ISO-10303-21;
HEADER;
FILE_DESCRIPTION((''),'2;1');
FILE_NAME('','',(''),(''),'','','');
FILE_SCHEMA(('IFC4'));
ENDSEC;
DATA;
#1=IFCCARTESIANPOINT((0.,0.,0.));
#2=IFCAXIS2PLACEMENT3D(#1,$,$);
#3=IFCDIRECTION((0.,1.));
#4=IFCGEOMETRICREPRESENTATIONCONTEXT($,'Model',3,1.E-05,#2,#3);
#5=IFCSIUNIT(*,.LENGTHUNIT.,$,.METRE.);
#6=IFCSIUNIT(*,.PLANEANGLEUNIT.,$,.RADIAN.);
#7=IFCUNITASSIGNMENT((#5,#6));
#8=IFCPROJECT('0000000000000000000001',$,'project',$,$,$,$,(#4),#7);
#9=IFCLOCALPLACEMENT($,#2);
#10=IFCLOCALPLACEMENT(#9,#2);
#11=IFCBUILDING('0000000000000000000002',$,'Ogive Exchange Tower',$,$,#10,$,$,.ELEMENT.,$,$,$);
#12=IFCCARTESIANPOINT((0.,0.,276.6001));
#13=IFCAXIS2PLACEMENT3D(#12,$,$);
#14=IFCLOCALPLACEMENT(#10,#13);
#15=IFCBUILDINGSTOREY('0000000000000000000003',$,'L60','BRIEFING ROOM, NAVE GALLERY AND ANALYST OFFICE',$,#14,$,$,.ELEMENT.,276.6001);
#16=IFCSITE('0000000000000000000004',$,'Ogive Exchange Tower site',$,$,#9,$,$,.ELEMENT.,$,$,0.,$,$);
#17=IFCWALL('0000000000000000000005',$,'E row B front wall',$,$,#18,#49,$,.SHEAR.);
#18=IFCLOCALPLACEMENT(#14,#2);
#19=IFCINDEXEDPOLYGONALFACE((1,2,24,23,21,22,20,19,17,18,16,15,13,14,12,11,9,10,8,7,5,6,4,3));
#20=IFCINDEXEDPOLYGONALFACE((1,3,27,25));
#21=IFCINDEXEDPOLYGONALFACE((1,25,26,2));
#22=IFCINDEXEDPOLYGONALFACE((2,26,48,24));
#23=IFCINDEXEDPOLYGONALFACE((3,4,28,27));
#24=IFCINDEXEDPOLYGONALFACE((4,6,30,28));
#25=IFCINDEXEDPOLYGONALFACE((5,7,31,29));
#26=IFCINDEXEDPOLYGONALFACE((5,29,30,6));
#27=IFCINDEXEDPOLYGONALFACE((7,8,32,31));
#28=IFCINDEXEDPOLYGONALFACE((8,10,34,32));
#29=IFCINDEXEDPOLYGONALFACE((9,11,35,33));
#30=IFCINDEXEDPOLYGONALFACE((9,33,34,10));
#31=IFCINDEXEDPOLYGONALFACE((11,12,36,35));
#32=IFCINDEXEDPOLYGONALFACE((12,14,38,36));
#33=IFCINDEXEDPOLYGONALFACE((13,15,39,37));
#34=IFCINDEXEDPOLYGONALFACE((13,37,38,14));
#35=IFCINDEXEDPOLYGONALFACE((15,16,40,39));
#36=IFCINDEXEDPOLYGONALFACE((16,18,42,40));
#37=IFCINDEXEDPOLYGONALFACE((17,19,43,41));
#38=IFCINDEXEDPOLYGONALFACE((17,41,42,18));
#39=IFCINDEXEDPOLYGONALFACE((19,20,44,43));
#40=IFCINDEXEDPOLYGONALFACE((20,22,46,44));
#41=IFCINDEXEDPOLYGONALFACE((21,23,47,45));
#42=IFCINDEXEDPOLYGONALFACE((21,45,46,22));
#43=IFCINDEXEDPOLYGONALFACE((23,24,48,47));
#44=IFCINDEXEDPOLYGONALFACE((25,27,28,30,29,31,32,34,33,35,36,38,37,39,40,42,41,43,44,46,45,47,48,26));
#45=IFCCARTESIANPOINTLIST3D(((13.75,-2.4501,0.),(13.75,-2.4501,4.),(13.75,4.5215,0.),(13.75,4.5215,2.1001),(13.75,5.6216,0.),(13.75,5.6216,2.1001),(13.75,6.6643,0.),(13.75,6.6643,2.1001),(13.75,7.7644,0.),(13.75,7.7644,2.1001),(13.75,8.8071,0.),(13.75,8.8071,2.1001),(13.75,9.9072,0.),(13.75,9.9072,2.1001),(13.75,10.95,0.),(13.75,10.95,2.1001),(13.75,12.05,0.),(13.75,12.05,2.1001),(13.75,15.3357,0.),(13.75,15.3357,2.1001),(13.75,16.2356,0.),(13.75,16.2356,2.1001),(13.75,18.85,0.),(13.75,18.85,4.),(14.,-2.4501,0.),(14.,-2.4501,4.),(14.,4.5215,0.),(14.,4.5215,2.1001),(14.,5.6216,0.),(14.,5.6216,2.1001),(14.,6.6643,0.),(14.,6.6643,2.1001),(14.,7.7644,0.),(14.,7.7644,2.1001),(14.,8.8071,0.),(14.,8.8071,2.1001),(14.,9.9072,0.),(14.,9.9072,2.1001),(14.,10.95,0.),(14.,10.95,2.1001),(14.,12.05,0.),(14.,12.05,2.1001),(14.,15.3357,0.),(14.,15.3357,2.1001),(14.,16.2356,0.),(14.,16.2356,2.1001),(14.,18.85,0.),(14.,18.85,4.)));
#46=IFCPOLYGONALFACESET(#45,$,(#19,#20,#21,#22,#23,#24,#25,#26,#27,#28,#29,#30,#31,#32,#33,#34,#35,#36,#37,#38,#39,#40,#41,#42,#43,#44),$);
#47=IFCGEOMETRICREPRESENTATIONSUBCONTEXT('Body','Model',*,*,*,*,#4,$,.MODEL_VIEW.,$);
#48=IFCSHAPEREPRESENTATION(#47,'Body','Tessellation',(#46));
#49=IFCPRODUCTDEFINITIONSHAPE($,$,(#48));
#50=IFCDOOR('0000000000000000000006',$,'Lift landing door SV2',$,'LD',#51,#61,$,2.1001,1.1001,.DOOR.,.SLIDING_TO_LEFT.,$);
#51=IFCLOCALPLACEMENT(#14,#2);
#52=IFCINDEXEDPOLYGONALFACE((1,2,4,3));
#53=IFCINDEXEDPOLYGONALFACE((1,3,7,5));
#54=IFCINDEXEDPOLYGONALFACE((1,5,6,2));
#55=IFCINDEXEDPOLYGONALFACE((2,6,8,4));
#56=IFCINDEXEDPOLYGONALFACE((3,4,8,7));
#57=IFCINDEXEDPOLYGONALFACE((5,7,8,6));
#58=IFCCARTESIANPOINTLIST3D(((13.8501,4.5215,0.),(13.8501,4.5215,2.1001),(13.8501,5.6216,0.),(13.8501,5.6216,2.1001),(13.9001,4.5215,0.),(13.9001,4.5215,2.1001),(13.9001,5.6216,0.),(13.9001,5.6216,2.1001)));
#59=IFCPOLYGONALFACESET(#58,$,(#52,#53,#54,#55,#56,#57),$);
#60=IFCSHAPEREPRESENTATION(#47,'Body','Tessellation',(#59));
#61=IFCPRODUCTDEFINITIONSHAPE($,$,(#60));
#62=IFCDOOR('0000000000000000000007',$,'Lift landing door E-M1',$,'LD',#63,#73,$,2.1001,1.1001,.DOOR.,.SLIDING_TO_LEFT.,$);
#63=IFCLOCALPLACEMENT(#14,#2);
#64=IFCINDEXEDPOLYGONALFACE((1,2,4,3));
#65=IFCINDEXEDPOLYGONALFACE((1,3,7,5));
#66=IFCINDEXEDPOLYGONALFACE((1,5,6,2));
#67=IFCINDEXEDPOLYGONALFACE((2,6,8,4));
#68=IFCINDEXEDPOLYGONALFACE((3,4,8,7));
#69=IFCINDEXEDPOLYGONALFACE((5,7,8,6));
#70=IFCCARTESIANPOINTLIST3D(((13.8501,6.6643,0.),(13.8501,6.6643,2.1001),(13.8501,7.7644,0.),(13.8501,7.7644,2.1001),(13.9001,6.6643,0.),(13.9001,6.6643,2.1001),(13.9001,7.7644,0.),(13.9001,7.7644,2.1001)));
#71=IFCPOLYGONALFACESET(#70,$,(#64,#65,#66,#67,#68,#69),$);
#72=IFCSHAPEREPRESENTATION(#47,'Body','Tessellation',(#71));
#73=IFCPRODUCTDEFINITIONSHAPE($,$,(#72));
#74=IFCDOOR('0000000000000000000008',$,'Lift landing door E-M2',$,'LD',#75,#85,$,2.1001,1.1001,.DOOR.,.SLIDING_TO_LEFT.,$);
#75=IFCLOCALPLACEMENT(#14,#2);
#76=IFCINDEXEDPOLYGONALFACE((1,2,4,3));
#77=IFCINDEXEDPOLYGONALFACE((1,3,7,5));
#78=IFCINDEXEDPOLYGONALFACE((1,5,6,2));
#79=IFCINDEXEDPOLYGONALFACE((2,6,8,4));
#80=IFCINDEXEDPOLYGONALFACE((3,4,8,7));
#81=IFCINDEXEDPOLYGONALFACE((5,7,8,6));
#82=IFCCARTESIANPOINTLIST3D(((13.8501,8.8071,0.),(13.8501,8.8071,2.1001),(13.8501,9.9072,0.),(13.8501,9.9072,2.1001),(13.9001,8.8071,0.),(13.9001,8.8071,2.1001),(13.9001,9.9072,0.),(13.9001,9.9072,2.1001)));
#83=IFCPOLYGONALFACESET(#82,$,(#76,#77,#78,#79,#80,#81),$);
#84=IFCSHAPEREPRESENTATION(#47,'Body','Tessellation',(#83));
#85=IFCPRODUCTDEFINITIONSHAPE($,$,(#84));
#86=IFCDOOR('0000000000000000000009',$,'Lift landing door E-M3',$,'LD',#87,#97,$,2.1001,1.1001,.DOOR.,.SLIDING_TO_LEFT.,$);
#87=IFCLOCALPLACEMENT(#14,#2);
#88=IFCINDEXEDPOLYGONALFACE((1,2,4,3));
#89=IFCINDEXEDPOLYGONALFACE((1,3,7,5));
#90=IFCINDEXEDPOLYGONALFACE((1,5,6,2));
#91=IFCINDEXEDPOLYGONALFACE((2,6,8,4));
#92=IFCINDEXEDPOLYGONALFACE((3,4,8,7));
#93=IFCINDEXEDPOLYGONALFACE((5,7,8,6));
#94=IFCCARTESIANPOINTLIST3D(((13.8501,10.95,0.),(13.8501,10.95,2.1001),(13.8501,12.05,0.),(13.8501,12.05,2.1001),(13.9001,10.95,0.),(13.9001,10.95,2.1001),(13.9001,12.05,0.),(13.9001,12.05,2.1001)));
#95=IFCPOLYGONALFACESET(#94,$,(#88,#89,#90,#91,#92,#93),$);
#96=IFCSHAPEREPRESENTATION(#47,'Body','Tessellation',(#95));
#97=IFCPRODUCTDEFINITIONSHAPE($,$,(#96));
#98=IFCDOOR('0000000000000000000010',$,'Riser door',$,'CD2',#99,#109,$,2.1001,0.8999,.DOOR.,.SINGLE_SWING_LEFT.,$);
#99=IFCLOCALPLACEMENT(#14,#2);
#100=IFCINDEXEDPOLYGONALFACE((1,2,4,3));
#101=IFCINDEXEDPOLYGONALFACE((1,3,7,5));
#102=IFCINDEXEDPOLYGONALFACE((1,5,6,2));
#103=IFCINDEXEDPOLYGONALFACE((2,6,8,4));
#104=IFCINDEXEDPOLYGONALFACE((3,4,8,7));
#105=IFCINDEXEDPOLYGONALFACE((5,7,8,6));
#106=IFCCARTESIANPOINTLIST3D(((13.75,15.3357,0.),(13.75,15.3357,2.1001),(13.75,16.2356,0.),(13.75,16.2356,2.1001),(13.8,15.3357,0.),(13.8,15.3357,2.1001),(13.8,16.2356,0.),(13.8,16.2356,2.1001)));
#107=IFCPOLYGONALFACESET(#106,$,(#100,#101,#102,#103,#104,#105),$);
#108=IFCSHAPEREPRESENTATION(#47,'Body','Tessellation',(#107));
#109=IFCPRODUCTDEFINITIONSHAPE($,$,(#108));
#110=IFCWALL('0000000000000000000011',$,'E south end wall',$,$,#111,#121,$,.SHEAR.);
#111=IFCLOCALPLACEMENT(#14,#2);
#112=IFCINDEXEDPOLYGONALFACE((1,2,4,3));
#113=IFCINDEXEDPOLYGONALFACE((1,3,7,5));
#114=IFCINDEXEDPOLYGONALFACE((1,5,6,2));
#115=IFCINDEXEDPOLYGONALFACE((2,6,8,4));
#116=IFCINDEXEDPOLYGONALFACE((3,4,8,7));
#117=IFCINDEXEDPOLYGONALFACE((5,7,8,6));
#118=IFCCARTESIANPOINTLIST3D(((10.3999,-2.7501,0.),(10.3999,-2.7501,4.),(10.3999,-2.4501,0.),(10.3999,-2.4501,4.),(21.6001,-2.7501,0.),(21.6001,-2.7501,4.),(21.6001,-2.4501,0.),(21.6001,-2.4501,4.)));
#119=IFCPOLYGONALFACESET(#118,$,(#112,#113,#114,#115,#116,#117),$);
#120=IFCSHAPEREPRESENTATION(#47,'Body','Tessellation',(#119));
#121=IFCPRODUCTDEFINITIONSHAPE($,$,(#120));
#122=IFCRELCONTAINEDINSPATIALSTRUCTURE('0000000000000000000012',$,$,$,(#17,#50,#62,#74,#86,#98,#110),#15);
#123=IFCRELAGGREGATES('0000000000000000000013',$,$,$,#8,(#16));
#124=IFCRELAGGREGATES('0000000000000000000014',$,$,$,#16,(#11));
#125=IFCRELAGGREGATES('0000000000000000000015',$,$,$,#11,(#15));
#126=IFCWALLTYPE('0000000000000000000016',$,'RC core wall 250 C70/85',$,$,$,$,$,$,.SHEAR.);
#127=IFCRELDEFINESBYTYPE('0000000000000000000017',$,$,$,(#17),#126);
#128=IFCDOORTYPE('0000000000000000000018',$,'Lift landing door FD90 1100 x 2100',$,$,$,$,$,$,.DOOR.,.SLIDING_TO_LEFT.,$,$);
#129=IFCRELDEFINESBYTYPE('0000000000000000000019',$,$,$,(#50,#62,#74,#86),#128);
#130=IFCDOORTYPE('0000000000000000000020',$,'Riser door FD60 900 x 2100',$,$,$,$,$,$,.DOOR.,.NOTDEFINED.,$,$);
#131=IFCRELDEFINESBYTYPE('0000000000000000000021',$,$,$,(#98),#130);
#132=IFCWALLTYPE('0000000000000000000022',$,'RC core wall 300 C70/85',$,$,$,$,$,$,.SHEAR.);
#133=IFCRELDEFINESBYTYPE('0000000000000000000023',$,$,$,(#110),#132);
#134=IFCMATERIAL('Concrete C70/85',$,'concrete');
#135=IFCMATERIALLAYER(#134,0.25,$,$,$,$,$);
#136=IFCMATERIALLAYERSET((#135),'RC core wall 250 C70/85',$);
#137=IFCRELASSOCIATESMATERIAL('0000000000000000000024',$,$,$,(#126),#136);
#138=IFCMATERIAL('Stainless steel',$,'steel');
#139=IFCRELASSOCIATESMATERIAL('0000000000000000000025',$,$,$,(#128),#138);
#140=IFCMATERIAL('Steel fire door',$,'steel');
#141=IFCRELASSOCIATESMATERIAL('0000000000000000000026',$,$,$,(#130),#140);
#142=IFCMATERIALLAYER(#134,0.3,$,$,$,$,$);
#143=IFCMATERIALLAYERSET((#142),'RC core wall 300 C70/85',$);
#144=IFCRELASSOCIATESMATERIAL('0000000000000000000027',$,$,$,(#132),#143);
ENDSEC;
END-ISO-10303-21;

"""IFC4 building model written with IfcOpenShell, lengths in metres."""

from ifc_helpers import new_model, si_unit, direction, frame, frame_2d, origin, place, context, subcontext, project, spatial, rectangle, extrude, material, layer, layer_set, type_object, element, fill, save


model = new_model("IFC4")

# Units and contexts
model_context = context("Model", 3, precision=1e-05, world=origin(), true_north=direction((0.0, 1.0)))
body_context = subcontext(model_context, "Body", "Model", "MODEL_VIEW")
ifc_project = project(units=[si_unit("LENGTHUNIT", "METRE"), si_unit("PLANEANGLEUNIT", "RADIAN")], contexts=[model_context])

# Site, building, storey
site_placement = place(None, origin())
site = spatial("IfcSite", under=ifc_project, at=site_placement, Name="Ogive Exchange Tower site", CompositionType="ELEMENT", RefElevation=0.0)
building_placement = place(site_placement, origin())
building = spatial("IfcBuilding", under=site, at=building_placement, Name="Ogive Exchange Tower", CompositionType="ELEMENT")
storey_placement = place(building_placement, frame((0.0, 0.0, 276.6001)))
storey = spatial("IfcBuildingStorey", under=building, at=storey_placement, Name="L60", Description="BRIEFING ROOM, NAVE GALLERY AND ANALYST OFFICE", CompositionType="ELEMENT", Elevation=276.6001)

# Wall, openings, doors
ifc_material_1 = material(Name="Concrete C70/85", Category="concrete")
ifc_layer_1 = layer(ifc_material_1, 0.25)
ifc_layer_set_1 = layer_set([ifc_layer_1], Name="RC core wall 250 C70/85")
wall_type_1 = type_object("IfcWallType", Name="RC core wall 250 C70/85", PredefinedType="SHEAR", material=ifc_layer_set_1)
wall_1_placement = place(storey_placement, frame((13.875, -2.45, 0.0), z_axis=(0.0, 0.0, 1.0), x_axis=(0.0, 1.0, 0.0)))
wall_1 = element("IfcWall", 1, at=wall_1_placement, inside=storey, type_object=wall_type_1, Name="E row B front wall", PredefinedType="SHEAR", context=body_context, shape_type="SweptSolid", body=[
    extrude(rectangle(XDim=21.3, YDim=0.25, at=frame_2d((10.6499, 0.0))), origin(), (0.0, 0.0, 1.0), 4.0),
])
opening_1_placement = place(wall_1_placement, frame((17.7856, 0.0, 0.0)))
opening_1 = element("IfcOpeningElement", 2, at=opening_1_placement, cuts=wall_1, PredefinedType="OPENING", context=body_context, shape_type="SweptSolid", body=[
    extrude(rectangle(XDim=0.8999, YDim=2.1001, at=frame_2d((0.45, 1.05))), frame((0.0, 0.135, 0.0), z_axis=(0.0, -1.0, 0.0), x_axis=(1.0, 0.0, 0.0)), (0.0, 0.0, 1.0), 0.27),
])
opening_2_placement = place(wall_1_placement, frame((6.9714, 0.0, 0.0)))
opening_2 = element("IfcOpeningElement", 3, at=opening_2_placement, cuts=wall_1, PredefinedType="OPENING", context=body_context, shape_type="SweptSolid", body=[
    extrude(rectangle(XDim=1.1001, YDim=2.1001, at=frame_2d((0.55, 1.05))), frame((0.0, 0.135, 0.0), z_axis=(0.0, -1.0, 0.0), x_axis=(1.0, 0.0, 0.0)), (0.0, 0.0, 1.0), 0.27),
])
opening_3_placement = place(wall_1_placement, frame((9.1143, 0.0, 0.0)))
opening_3 = element("IfcOpeningElement", 4, at=opening_3_placement, cuts=wall_1, PredefinedType="OPENING", context=body_context, shape_type="SweptSolid", body=[
    extrude(rectangle(XDim=1.1001, YDim=2.1001, at=frame_2d((0.55, 1.05))), frame((0.0, 0.135, 0.0), z_axis=(0.0, -1.0, 0.0), x_axis=(1.0, 0.0, 0.0)), (0.0, 0.0, 1.0), 0.27),
])
opening_4_placement = place(wall_1_placement, frame((11.2571, 0.0, 0.0)))
opening_4 = element("IfcOpeningElement", 5, at=opening_4_placement, cuts=wall_1, PredefinedType="OPENING", context=body_context, shape_type="SweptSolid", body=[
    extrude(rectangle(XDim=1.1001, YDim=2.1001, at=frame_2d((0.55, 1.05))), frame((0.0, 0.135, 0.0), z_axis=(0.0, -1.0, 0.0), x_axis=(1.0, 0.0, 0.0)), (0.0, 0.0, 1.0), 0.27),
])
opening_5_placement = place(wall_1_placement, frame((13.3999, 0.0, 0.0)))
opening_5 = element("IfcOpeningElement", 6, at=opening_5_placement, cuts=wall_1, PredefinedType="OPENING", context=body_context, shape_type="SweptSolid", body=[
    extrude(rectangle(XDim=1.1001, YDim=2.1001, at=frame_2d((0.55, 1.05))), frame((0.0, 0.135, 0.0), z_axis=(0.0, -1.0, 0.0), x_axis=(1.0, 0.0, 0.0)), (0.0, 0.0, 1.0), 0.27),
])
ifc_material_2 = material(Name="Stainless steel", Category="steel")
door_type_1 = type_object("IfcDoorType", Name="Lift landing door FD90 1100 x 2100", OperationType="SLIDING_TO_LEFT", PredefinedType="DOOR", material=ifc_material_2)
door_1_placement = place(opening_2_placement, origin())
door_1 = element("IfcDoor", 7, at=door_1_placement, inside=storey, type_object=door_type_1, Name="Lift landing door SV2", ObjectType="LD", OperationType="SLIDING_TO_LEFT", OverallHeight=2.1001, OverallWidth=1.1001, PredefinedType="DOOR", context=body_context, shape_type="SweptSolid", body=[
    extrude(rectangle(XDim=1.1001, YDim=2.1001, at=frame_2d((0.55, 1.05))), frame((0.0, 0.0249, 0.0), z_axis=(0.0, -1.0, 0.0), x_axis=(1.0, 0.0, 0.0)), (0.0, 0.0, 1.0), 0.05),
])
fill(opening_2, door_1)
door_2_placement = place(opening_3_placement, origin())
door_2 = element("IfcDoor", 8, at=door_2_placement, inside=storey, type_object=door_type_1, Name="Lift landing door E-M1", ObjectType="LD", OperationType="SLIDING_TO_LEFT", OverallHeight=2.1001, OverallWidth=1.1001, PredefinedType="DOOR", context=body_context, shape_type="SweptSolid", body=[
    extrude(rectangle(XDim=1.1001, YDim=2.1001, at=frame_2d((0.55, 1.05))), frame((0.0, 0.0249, 0.0), z_axis=(0.0, -1.0, 0.0), x_axis=(1.0, 0.0, 0.0)), (0.0, 0.0, 1.0), 0.05),
])
fill(opening_3, door_2)
door_3_placement = place(opening_4_placement, origin())
door_3 = element("IfcDoor", 9, at=door_3_placement, inside=storey, type_object=door_type_1, Name="Lift landing door E-M2", ObjectType="LD", OperationType="SLIDING_TO_LEFT", OverallHeight=2.1001, OverallWidth=1.1001, PredefinedType="DOOR", context=body_context, shape_type="SweptSolid", body=[
    extrude(rectangle(XDim=1.1001, YDim=2.1001, at=frame_2d((0.55, 1.05))), frame((0.0, 0.0249, 0.0), z_axis=(0.0, -1.0, 0.0), x_axis=(1.0, 0.0, 0.0)), (0.0, 0.0, 1.0), 0.05),
])
fill(opening_4, door_3)
door_4_placement = place(opening_5_placement, origin())
door_4 = element("IfcDoor", 10, at=door_4_placement, inside=storey, type_object=door_type_1, Name="Lift landing door E-M3", ObjectType="LD", OperationType="SLIDING_TO_LEFT", OverallHeight=2.1001, OverallWidth=1.1001, PredefinedType="DOOR", context=body_context, shape_type="SweptSolid", body=[
    extrude(rectangle(XDim=1.1001, YDim=2.1001, at=frame_2d((0.55, 1.05))), frame((0.0, 0.0249, 0.0), z_axis=(0.0, -1.0, 0.0), x_axis=(1.0, 0.0, 0.0)), (0.0, 0.0, 1.0), 0.05),
])
fill(opening_5, door_4)
ifc_material_3 = material(Name="Steel fire door", Category="steel")
door_type_2 = type_object("IfcDoorType", Name="Riser door FD60 900 x 2100", OperationType="NOTDEFINED", PredefinedType="DOOR", material=ifc_material_3)
door_5_placement = place(opening_1_placement, origin())
door_5 = element("IfcDoor", 11, at=door_5_placement, inside=storey, type_object=door_type_2, Name="Riser door", ObjectType="CD2", OperationType="SINGLE_SWING_LEFT", OverallHeight=2.1001, OverallWidth=0.8999, PredefinedType="DOOR", context=body_context, shape_type="SweptSolid", body=[
    extrude(rectangle(XDim=0.8999, YDim=2.1001, at=frame_2d((0.45, 1.05))), frame((0.0, 0.125, 0.0), z_axis=(0.0, -1.0, 0.0), x_axis=(1.0, 0.0, 0.0)), (0.0, 0.0, 1.0), 0.05),
])
fill(opening_1, door_5)

# Wall
ifc_layer_2 = layer(ifc_material_1, 0.3)
ifc_layer_set_2 = layer_set([ifc_layer_2], Name="RC core wall 300 C70/85")
wall_type_2 = type_object("IfcWallType", Name="RC core wall 300 C70/85", PredefinedType="SHEAR", material=ifc_layer_set_2)
wall_2_placement = place(storey_placement, frame((10.3999, -2.6001, 0.0), z_axis=(0.0, 0.0, 1.0), x_axis=(1.0, 0.0, 0.0)))
element("IfcWall", 12, at=wall_2_placement, inside=storey, type_object=wall_type_2, Name="E south end wall", PredefinedType="SHEAR", context=body_context, shape_type="SweptSolid", body=[
    extrude(rectangle(XDim=11.2002, YDim=0.3, at=frame_2d((5.6001, 0.0))), origin(), (0.0, 0.0, 1.0), 4.0),
])

save(model, "model.ifc")
